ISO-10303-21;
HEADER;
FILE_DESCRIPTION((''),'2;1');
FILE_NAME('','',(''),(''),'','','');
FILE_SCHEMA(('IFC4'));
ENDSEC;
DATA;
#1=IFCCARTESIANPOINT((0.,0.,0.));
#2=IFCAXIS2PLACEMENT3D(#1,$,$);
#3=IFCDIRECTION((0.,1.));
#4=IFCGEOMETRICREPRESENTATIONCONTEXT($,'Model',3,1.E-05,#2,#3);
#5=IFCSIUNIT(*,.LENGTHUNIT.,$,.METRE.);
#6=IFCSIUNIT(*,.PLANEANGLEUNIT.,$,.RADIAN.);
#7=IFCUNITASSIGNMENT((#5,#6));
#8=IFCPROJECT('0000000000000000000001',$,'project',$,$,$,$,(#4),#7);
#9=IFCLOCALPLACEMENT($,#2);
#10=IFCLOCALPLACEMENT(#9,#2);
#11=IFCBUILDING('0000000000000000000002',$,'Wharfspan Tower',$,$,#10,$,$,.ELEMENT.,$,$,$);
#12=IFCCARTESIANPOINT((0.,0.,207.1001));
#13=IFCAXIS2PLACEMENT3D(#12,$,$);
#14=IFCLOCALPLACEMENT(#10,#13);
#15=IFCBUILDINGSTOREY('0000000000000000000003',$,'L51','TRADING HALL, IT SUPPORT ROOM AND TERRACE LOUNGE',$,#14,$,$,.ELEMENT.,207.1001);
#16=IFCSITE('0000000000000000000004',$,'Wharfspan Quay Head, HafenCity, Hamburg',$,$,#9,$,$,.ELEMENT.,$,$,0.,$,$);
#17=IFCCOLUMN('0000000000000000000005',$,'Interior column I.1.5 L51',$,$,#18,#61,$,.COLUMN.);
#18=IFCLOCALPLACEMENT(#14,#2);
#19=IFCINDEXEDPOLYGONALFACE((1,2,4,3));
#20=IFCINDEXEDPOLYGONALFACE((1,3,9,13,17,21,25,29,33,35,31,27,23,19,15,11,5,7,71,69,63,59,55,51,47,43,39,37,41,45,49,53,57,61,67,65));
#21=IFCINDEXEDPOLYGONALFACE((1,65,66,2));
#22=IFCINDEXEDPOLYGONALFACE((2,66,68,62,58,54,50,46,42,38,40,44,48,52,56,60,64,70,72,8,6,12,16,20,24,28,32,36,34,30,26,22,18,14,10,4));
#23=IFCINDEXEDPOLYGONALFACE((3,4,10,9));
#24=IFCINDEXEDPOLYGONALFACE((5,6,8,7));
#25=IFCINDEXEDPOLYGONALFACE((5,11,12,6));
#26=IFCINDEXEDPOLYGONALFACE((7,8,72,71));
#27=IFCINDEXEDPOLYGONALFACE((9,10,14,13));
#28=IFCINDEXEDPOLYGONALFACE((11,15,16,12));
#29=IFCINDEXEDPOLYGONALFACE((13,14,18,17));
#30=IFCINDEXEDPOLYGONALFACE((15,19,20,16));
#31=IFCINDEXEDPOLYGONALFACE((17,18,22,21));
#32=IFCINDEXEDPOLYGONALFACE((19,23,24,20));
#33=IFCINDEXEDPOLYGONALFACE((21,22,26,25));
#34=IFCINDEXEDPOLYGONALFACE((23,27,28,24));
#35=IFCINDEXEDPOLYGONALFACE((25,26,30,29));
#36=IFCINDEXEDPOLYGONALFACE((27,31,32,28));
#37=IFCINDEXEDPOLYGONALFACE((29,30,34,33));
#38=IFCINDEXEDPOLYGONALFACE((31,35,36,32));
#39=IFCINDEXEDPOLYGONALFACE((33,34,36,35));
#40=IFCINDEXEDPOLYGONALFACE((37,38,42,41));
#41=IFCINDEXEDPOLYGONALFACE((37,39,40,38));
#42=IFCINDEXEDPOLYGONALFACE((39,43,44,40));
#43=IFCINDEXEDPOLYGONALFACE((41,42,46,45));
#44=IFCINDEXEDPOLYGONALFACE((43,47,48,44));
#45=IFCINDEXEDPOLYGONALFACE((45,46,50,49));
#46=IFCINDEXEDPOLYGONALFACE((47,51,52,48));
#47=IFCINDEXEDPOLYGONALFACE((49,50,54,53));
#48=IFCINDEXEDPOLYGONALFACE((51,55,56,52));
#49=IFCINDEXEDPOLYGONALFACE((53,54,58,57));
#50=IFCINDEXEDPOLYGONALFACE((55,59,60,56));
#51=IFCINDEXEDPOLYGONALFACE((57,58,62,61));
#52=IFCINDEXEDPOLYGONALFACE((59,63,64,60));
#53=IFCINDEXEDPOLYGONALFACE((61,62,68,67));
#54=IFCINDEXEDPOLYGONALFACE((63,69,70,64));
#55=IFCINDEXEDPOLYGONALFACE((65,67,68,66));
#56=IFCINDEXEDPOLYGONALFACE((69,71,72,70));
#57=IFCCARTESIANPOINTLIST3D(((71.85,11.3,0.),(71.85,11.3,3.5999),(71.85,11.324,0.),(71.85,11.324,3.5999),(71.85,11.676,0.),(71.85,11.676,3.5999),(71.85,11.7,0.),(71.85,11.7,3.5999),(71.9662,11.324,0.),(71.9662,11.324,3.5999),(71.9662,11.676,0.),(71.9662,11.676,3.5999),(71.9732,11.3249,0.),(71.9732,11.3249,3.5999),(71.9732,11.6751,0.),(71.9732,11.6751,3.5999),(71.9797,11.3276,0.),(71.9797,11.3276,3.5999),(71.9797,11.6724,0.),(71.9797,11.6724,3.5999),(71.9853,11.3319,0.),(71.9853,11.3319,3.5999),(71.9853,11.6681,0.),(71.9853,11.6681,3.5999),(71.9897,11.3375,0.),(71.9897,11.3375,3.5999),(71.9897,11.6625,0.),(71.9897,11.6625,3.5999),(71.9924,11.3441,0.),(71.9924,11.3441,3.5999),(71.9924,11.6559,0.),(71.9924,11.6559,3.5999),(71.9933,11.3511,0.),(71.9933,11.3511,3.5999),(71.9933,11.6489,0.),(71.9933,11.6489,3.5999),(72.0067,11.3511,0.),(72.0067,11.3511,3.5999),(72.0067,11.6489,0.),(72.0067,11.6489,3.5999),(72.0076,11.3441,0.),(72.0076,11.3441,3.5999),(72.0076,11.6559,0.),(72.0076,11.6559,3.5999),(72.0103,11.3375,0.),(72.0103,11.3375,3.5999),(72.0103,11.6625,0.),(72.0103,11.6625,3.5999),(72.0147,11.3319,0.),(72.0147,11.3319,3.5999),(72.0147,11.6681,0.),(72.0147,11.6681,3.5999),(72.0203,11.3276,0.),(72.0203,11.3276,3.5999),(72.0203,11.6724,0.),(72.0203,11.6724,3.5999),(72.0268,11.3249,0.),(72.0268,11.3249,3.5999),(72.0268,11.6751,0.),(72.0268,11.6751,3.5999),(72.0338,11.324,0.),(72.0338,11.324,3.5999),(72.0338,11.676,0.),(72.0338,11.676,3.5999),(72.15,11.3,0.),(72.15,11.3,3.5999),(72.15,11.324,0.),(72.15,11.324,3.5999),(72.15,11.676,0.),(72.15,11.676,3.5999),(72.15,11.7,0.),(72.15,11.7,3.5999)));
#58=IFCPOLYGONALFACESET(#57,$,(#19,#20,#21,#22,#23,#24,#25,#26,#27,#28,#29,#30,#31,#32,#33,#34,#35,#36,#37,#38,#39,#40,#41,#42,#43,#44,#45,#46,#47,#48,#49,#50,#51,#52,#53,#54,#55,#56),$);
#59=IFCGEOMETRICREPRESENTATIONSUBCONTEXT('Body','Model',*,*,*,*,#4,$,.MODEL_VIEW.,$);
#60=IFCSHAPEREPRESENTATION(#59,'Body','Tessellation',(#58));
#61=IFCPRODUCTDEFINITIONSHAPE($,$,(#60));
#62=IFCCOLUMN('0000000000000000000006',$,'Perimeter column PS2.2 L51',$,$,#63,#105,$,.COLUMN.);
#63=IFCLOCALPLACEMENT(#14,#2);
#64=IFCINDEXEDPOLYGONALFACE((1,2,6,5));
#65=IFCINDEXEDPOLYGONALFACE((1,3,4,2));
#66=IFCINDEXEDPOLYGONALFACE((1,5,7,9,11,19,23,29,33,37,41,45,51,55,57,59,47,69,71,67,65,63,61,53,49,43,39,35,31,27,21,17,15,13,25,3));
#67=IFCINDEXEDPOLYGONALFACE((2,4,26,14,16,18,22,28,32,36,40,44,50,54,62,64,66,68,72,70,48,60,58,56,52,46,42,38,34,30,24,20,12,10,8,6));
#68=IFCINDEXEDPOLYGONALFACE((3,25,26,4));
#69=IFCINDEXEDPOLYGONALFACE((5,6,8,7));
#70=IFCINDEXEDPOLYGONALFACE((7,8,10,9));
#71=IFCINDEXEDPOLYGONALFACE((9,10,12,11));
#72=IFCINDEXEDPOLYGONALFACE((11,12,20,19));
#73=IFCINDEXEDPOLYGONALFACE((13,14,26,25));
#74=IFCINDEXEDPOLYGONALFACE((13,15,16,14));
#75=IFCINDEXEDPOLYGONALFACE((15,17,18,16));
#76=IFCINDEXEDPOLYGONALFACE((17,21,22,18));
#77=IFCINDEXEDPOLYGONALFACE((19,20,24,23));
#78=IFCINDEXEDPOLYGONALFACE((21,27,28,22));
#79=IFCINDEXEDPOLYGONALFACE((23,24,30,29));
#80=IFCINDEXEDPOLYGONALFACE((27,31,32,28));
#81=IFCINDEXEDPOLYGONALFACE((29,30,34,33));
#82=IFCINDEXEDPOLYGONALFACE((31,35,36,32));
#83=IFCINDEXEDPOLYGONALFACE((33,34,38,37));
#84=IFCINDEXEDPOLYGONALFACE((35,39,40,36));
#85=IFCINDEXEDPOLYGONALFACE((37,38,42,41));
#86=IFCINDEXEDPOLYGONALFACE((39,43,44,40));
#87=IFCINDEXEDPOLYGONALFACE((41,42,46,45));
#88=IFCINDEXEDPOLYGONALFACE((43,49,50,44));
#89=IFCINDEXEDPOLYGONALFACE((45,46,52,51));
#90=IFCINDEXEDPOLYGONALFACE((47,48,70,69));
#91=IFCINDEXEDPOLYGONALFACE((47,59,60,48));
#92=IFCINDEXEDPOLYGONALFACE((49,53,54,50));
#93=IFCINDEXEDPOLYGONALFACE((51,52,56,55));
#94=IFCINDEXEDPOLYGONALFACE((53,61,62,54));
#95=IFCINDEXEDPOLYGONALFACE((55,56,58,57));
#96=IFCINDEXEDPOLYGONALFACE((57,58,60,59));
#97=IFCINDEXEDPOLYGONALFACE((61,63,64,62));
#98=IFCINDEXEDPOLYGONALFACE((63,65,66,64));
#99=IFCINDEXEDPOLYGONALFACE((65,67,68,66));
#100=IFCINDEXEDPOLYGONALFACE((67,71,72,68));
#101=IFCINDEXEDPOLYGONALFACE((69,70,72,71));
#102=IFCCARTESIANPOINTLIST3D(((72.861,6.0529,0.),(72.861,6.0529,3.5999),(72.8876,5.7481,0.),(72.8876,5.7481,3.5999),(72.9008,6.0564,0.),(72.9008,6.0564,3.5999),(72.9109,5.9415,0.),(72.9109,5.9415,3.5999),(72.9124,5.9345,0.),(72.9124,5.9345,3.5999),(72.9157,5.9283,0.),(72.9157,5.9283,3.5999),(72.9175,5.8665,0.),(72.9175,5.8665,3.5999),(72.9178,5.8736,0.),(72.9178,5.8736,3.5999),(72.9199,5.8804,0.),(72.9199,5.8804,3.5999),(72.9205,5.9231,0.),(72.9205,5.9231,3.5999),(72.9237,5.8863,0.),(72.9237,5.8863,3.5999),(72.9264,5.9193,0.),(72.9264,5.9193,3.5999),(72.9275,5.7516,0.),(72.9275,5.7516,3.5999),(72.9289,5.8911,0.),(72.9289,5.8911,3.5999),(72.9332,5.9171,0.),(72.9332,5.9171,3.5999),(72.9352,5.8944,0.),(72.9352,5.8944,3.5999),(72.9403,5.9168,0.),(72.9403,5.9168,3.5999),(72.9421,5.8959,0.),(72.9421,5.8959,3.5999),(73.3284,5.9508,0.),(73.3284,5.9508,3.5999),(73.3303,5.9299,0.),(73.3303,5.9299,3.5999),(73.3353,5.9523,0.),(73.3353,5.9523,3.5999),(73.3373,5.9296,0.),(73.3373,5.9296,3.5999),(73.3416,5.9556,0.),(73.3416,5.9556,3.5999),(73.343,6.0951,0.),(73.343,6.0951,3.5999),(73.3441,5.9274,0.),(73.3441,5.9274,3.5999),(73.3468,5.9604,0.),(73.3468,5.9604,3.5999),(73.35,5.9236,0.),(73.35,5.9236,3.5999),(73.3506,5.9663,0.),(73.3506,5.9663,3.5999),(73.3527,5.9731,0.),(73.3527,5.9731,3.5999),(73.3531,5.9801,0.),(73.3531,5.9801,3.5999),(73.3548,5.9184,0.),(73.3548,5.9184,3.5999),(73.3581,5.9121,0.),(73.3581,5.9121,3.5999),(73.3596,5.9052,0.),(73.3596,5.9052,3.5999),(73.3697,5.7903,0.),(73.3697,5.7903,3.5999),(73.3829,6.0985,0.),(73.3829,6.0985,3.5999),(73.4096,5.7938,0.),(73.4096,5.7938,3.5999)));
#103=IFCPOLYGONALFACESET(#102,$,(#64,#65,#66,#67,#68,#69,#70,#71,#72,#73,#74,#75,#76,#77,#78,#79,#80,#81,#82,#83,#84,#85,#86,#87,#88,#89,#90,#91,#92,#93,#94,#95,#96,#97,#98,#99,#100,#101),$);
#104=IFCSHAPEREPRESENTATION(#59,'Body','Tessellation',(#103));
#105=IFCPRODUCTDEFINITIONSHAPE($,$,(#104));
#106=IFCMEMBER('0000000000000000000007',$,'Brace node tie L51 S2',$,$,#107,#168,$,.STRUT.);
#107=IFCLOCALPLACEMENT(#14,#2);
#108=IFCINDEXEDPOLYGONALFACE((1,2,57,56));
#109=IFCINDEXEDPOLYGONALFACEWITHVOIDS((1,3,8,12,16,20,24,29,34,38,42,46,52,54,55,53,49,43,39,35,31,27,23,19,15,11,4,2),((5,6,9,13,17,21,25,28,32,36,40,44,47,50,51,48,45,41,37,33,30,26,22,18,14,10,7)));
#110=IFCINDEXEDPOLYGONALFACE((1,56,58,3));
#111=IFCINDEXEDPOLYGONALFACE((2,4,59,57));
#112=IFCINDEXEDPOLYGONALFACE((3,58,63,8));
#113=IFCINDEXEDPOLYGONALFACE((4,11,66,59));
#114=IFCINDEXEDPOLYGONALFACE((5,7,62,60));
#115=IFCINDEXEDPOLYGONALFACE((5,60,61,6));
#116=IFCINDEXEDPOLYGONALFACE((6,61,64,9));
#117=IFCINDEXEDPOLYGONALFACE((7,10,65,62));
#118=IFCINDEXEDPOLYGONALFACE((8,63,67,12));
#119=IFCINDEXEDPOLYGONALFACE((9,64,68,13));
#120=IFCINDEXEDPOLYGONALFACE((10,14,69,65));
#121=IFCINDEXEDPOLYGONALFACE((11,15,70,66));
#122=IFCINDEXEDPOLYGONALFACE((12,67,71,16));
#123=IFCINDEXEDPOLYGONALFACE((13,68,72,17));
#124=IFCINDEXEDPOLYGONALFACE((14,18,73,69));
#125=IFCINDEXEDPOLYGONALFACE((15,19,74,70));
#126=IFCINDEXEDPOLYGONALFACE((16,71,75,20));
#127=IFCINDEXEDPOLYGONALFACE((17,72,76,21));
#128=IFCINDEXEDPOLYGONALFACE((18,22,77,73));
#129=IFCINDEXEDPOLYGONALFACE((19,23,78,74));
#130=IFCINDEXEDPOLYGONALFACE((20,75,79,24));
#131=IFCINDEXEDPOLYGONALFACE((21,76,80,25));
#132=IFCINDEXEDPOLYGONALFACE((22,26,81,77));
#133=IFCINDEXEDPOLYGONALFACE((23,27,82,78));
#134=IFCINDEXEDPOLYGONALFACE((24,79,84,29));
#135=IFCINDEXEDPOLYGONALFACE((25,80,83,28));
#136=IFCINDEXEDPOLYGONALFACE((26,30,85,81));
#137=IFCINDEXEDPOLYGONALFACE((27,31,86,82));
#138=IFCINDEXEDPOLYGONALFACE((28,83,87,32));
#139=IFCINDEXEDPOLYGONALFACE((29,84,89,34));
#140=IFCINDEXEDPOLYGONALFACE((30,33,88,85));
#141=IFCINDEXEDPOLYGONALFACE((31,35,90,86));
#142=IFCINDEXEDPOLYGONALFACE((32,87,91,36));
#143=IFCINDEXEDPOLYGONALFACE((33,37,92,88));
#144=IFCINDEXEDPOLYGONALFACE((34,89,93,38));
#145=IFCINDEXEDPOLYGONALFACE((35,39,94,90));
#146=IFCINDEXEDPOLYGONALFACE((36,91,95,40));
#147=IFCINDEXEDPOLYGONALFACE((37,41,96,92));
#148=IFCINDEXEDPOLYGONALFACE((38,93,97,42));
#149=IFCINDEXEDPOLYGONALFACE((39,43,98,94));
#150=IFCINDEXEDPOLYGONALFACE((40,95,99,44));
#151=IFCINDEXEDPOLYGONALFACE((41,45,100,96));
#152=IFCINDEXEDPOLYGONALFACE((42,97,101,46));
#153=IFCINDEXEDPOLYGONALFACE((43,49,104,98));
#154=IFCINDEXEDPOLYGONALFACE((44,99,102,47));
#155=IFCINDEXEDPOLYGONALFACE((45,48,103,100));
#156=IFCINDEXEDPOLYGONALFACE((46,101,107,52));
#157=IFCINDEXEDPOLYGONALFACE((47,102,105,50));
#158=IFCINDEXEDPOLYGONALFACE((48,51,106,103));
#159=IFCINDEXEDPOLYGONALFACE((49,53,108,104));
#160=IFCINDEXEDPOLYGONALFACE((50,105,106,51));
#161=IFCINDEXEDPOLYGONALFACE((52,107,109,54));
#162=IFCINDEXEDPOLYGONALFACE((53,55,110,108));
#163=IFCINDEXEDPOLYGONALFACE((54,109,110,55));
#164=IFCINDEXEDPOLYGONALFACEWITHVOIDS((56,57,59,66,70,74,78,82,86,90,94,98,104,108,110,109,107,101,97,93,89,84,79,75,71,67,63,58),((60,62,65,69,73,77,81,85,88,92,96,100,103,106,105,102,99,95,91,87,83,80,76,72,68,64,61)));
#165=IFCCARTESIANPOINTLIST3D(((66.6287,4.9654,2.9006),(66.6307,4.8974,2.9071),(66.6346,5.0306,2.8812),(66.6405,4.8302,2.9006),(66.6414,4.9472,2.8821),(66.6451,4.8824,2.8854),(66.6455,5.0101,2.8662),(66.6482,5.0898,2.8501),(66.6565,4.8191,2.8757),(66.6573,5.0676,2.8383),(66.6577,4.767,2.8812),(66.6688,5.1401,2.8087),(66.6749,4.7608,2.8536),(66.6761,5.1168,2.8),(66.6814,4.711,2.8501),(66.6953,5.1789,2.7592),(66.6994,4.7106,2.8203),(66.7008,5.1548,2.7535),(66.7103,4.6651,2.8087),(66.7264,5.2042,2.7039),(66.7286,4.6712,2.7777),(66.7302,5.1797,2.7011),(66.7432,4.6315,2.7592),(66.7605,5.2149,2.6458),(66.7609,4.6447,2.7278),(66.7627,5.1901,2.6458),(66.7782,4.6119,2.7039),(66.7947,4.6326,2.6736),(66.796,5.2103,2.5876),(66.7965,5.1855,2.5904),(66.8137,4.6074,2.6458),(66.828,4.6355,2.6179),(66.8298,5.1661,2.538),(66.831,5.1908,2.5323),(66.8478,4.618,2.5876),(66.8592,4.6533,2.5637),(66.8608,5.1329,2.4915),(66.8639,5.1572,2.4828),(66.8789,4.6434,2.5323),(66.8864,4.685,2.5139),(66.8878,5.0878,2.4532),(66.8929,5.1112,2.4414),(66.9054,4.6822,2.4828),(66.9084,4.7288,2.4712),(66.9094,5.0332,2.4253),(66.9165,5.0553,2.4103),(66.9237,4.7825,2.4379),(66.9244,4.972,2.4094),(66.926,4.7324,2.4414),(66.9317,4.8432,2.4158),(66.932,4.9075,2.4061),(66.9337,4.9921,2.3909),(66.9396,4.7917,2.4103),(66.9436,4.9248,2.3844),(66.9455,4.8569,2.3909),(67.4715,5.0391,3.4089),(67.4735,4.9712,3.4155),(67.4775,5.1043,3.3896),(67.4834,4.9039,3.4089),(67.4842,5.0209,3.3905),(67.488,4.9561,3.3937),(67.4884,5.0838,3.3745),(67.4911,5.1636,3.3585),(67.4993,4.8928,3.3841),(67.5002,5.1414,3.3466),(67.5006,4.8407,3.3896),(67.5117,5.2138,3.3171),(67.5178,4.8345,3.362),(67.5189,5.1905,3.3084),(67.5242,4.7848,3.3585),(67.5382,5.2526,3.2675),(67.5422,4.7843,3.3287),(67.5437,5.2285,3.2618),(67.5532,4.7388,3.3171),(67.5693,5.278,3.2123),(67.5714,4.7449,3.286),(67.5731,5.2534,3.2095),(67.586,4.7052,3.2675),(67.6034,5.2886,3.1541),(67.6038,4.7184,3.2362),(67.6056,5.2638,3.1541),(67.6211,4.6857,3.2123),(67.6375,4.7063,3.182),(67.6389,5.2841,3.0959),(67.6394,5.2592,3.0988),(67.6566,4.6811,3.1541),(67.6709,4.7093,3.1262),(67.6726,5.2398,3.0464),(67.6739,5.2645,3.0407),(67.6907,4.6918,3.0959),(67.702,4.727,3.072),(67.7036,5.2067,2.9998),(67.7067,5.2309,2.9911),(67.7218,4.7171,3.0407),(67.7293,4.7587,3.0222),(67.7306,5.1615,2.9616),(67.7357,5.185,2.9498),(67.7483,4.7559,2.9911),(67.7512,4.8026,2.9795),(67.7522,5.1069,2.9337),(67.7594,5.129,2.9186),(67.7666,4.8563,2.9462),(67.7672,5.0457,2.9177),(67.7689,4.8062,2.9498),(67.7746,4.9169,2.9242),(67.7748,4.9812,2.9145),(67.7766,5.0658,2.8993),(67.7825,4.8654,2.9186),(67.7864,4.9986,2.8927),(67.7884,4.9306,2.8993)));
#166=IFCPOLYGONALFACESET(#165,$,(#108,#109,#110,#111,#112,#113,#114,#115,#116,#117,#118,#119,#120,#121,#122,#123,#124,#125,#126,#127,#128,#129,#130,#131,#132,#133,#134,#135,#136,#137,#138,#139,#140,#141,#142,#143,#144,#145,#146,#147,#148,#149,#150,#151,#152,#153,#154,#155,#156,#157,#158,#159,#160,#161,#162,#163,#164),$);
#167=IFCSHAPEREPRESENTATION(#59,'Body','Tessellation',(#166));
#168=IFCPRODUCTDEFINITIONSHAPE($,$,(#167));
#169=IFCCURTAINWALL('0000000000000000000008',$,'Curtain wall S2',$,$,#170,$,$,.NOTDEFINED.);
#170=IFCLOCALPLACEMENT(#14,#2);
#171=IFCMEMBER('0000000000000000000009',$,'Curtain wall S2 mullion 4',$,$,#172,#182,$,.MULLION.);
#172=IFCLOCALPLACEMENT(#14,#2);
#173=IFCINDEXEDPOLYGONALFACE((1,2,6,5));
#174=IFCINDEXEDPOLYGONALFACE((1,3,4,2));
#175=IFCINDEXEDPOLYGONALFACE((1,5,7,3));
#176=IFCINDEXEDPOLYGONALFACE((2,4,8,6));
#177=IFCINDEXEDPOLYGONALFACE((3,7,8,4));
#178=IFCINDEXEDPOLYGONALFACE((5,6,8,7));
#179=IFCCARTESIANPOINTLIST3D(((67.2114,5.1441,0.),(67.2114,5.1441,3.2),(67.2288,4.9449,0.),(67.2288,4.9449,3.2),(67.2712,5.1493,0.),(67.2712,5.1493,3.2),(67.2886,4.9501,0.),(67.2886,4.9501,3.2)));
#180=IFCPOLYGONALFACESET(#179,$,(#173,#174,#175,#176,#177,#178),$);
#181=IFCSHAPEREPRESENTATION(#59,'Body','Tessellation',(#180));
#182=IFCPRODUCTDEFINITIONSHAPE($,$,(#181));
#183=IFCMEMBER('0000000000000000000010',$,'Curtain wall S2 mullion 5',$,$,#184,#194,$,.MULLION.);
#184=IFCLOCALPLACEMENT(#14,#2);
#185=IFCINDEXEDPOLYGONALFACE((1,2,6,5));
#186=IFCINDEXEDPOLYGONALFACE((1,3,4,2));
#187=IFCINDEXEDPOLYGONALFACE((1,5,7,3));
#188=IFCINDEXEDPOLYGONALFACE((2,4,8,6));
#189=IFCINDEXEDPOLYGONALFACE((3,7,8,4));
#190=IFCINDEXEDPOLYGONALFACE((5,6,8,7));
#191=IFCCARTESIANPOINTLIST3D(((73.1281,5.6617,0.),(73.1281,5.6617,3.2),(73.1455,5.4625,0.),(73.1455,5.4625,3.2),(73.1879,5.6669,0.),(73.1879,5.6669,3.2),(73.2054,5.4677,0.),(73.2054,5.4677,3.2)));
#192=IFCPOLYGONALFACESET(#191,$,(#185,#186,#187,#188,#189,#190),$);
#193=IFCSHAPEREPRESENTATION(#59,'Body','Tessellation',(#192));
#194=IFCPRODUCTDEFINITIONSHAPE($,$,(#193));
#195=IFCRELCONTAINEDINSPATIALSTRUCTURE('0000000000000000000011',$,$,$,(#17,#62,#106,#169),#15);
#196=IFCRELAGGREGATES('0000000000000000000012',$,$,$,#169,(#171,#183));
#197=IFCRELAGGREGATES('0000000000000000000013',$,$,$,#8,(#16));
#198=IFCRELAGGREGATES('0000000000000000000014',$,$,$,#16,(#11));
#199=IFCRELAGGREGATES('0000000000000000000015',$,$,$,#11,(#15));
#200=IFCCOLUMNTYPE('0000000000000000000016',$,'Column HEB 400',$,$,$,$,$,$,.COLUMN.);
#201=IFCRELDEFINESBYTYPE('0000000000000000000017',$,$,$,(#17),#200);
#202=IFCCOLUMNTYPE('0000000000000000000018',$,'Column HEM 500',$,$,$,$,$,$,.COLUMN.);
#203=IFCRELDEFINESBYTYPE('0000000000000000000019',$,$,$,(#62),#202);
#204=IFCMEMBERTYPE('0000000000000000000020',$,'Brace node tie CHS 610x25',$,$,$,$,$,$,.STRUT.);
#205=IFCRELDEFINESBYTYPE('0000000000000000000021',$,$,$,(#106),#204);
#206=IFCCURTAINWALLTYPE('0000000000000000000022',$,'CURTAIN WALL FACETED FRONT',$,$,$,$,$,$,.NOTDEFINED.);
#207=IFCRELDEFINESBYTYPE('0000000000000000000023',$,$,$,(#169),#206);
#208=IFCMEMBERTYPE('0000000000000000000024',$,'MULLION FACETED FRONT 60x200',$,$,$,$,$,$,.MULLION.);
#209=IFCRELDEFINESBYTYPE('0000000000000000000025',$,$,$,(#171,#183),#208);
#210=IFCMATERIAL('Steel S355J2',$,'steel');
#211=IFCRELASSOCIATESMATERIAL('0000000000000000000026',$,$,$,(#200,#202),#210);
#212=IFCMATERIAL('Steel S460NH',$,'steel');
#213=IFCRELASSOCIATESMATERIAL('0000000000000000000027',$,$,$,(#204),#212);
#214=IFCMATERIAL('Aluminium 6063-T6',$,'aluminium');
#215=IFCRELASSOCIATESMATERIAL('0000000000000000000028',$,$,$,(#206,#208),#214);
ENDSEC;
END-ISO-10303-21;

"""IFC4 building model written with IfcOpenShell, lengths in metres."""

from ifc_helpers import new_model, si_unit, direction, frame, origin, origin_2d, place, context, subcontext, project, spatial, rectangle, hollow_circle, i_section, extrude, material, material_profile, profile_set, type_object, element, aggregate, save


model = new_model("IFC4")

# Units and contexts
model_context = context("Model", 3, precision=1e-05, world=origin(), true_north=direction((0.0, 1.0)))
body_context = subcontext(model_context, "Body", "Model", "MODEL_VIEW")
ifc_project = project(units=[si_unit("LENGTHUNIT", "METRE"), si_unit("PLANEANGLEUNIT", "RADIAN")], contexts=[model_context])

# Site, building, storey
site_placement = place(None, origin())
site = spatial("IfcSite", under=ifc_project, at=site_placement, Name="Wharfspan Quay Head, HafenCity, Hamburg", CompositionType="ELEMENT", RefElevation=0.0)
building_placement = place(site_placement, origin())
building = spatial("IfcBuilding", under=site, at=building_placement, Name="Wharfspan Tower", CompositionType="ELEMENT")
storey_placement = place(building_placement, frame((0.0, 0.0, 207.1001)))
storey = spatial("IfcBuildingStorey", under=building, at=storey_placement, Name="L51", Description="TRADING HALL, IT SUPPORT ROOM AND TERRACE LOUNGE", CompositionType="ELEMENT", Elevation=207.1001)

# Columns
ifc_material_1 = material(Name="Steel S355J2", Category="steel")
ifc_material_profile_1 = material_profile(ifc_material_1, i_section(OverallWidth=0.3, OverallDepth=0.3999, WebThickness=0.0134, FlangeThickness=0.0239, FilletRadius=0.0271, at=origin_2d()))
ifc_profile_set_1 = profile_set([ifc_material_profile_1], Name="Steel S355J2")
column_type_1 = type_object("IfcColumnType", Name="Column HEB 400", PredefinedType="COLUMN", material=ifc_profile_set_1)
column_1_placement = place(storey_placement, frame((72.0, 11.5, 0.0), z_axis=(0.0, 0.0, 1.0), x_axis=(1.0, 0.0, 0.0)))
element("IfcColumn", 1, at=column_1_placement, inside=storey, type_object=column_type_1, Name="Interior column I.1.5 L51", PredefinedType="COLUMN", context=body_context, shape_type="SweptSolid", body=[
    extrude(i_section(OverallWidth=0.3, OverallDepth=0.3999, WebThickness=0.0134, FlangeThickness=0.0239, FilletRadius=0.0271, at=origin_2d()), origin(), (0.0, 0.0, 1.0), 3.5999),
])
ifc_material_profile_2 = material_profile(ifc_material_1, i_section(OverallWidth=0.3059, OverallDepth=0.5239, WebThickness=0.021, FlangeThickness=0.04, FilletRadius=0.0271, at=origin_2d()))
ifc_profile_set_2 = profile_set([ifc_material_profile_2], Name="Steel S355J2")
column_type_2 = type_object("IfcColumnType", Name="Column HEM 500", PredefinedType="COLUMN", material=ifc_profile_set_2)
column_2_placement = place(storey_placement, frame((73.1353, 5.9233, 0.0), z_axis=(0.0, 0.0, 1.0), x_axis=(0.087156, -0.996197, 0.0)))
element("IfcColumn", 2, at=column_2_placement, inside=storey, type_object=column_type_2, Name="Perimeter column PS2.2 L51", PredefinedType="COLUMN", context=body_context, shape_type="SweptSolid", body=[
    extrude(i_section(OverallWidth=0.3059, OverallDepth=0.5239, WebThickness=0.021, FlangeThickness=0.04, FilletRadius=0.0271, at=origin_2d()), origin(), (0.0, 0.0, 1.0), 3.5999),
])

# Member
ifc_material_2 = material(Name="Steel S460NH", Category="steel")
ifc_material_profile_3 = material_profile(ifc_material_2, hollow_circle(Radius=0.3049, WallThickness=0.0249, at=origin_2d()))
ifc_profile_set_3 = profile_set([ifc_material_profile_3], Name="Steel S460NH")
member_type_1 = type_object("IfcMemberType", Name="Brace node tie CHS 610x25", PredefinedType="STRUT", material=ifc_profile_set_3)
member_1_placement = place(storey_placement, frame((66.7871, 4.9111, 2.6458), z_axis=(0.853916, 0.074705, 0.515021), x_axis=(-0.087153, 0.996196, 0.000001)))
element("IfcMember", 3, at=member_1_placement, inside=storey, type_object=member_type_1, Name="Brace node tie L51 S2", PredefinedType="STRUT", context=body_context, shape_type="SweptSolid", body=[
    extrude(hollow_circle(Radius=0.3049, WallThickness=0.0249, at=origin_2d()), origin(), (0.0, 0.0, 1.0), 0.9871),
])

# Curtain wall, members
ifc_material_3 = material(Name="Aluminium 6063-T6", Category="aluminium")
curtain_wall_type = type_object("IfcCurtainWallType", Name="CURTAIN WALL FACETED FRONT", PredefinedType="NOTDEFINED", material=ifc_material_3)
curtain_wall_placement = place(storey_placement, origin())
curtain_wall = element("IfcCurtainWall", 4, at=curtain_wall_placement, inside=storey, type_object=curtain_wall_type, Name="Curtain wall S2", PredefinedType="NOTDEFINED")
ifc_material_profile_4 = material_profile(ifc_material_3, rectangle(XDim=0.2, YDim=0.0601, at=origin_2d()))
ifc_profile_set_4 = profile_set([ifc_material_profile_4], Name="Aluminium 6063-T6")
member_type_2 = type_object("IfcMemberType", Name="MULLION FACETED FRONT 60x200", PredefinedType="MULLION", material=ifc_profile_set_4)
member_2_placement = place(storey_placement, frame((67.25, 5.0471, 0.0), z_axis=(0.0, 0.0, 1.0), x_axis=(-0.087156, 0.996197, 0.0)))
member_2 = element("IfcMember", 5, at=member_2_placement, type_object=member_type_2, Name="Curtain wall S2 mullion 4", PredefinedType="MULLION", context=body_context, shape_type="SweptSolid", body=[
    extrude(rectangle(XDim=0.2, YDim=0.0601, at=origin_2d()), origin(), (0.0, 0.0, 1.0), 3.2),
])
member_3_placement = place(storey_placement, frame((73.1667, 5.5647, 0.0), z_axis=(0.0, 0.0, 1.0), x_axis=(-0.087156, 0.996197, 0.0)))
member_3 = element("IfcMember", 6, at=member_3_placement, type_object=member_type_2, Name="Curtain wall S2 mullion 5", PredefinedType="MULLION", context=body_context, shape_type="SweptSolid", body=[
    extrude(rectangle(XDim=0.2, YDim=0.0601, at=origin_2d()), origin(), (0.0, 0.0, 1.0), 3.2),
])

aggregate(curtain_wall, [member_2, member_3])

save(model, "model.ifc")
